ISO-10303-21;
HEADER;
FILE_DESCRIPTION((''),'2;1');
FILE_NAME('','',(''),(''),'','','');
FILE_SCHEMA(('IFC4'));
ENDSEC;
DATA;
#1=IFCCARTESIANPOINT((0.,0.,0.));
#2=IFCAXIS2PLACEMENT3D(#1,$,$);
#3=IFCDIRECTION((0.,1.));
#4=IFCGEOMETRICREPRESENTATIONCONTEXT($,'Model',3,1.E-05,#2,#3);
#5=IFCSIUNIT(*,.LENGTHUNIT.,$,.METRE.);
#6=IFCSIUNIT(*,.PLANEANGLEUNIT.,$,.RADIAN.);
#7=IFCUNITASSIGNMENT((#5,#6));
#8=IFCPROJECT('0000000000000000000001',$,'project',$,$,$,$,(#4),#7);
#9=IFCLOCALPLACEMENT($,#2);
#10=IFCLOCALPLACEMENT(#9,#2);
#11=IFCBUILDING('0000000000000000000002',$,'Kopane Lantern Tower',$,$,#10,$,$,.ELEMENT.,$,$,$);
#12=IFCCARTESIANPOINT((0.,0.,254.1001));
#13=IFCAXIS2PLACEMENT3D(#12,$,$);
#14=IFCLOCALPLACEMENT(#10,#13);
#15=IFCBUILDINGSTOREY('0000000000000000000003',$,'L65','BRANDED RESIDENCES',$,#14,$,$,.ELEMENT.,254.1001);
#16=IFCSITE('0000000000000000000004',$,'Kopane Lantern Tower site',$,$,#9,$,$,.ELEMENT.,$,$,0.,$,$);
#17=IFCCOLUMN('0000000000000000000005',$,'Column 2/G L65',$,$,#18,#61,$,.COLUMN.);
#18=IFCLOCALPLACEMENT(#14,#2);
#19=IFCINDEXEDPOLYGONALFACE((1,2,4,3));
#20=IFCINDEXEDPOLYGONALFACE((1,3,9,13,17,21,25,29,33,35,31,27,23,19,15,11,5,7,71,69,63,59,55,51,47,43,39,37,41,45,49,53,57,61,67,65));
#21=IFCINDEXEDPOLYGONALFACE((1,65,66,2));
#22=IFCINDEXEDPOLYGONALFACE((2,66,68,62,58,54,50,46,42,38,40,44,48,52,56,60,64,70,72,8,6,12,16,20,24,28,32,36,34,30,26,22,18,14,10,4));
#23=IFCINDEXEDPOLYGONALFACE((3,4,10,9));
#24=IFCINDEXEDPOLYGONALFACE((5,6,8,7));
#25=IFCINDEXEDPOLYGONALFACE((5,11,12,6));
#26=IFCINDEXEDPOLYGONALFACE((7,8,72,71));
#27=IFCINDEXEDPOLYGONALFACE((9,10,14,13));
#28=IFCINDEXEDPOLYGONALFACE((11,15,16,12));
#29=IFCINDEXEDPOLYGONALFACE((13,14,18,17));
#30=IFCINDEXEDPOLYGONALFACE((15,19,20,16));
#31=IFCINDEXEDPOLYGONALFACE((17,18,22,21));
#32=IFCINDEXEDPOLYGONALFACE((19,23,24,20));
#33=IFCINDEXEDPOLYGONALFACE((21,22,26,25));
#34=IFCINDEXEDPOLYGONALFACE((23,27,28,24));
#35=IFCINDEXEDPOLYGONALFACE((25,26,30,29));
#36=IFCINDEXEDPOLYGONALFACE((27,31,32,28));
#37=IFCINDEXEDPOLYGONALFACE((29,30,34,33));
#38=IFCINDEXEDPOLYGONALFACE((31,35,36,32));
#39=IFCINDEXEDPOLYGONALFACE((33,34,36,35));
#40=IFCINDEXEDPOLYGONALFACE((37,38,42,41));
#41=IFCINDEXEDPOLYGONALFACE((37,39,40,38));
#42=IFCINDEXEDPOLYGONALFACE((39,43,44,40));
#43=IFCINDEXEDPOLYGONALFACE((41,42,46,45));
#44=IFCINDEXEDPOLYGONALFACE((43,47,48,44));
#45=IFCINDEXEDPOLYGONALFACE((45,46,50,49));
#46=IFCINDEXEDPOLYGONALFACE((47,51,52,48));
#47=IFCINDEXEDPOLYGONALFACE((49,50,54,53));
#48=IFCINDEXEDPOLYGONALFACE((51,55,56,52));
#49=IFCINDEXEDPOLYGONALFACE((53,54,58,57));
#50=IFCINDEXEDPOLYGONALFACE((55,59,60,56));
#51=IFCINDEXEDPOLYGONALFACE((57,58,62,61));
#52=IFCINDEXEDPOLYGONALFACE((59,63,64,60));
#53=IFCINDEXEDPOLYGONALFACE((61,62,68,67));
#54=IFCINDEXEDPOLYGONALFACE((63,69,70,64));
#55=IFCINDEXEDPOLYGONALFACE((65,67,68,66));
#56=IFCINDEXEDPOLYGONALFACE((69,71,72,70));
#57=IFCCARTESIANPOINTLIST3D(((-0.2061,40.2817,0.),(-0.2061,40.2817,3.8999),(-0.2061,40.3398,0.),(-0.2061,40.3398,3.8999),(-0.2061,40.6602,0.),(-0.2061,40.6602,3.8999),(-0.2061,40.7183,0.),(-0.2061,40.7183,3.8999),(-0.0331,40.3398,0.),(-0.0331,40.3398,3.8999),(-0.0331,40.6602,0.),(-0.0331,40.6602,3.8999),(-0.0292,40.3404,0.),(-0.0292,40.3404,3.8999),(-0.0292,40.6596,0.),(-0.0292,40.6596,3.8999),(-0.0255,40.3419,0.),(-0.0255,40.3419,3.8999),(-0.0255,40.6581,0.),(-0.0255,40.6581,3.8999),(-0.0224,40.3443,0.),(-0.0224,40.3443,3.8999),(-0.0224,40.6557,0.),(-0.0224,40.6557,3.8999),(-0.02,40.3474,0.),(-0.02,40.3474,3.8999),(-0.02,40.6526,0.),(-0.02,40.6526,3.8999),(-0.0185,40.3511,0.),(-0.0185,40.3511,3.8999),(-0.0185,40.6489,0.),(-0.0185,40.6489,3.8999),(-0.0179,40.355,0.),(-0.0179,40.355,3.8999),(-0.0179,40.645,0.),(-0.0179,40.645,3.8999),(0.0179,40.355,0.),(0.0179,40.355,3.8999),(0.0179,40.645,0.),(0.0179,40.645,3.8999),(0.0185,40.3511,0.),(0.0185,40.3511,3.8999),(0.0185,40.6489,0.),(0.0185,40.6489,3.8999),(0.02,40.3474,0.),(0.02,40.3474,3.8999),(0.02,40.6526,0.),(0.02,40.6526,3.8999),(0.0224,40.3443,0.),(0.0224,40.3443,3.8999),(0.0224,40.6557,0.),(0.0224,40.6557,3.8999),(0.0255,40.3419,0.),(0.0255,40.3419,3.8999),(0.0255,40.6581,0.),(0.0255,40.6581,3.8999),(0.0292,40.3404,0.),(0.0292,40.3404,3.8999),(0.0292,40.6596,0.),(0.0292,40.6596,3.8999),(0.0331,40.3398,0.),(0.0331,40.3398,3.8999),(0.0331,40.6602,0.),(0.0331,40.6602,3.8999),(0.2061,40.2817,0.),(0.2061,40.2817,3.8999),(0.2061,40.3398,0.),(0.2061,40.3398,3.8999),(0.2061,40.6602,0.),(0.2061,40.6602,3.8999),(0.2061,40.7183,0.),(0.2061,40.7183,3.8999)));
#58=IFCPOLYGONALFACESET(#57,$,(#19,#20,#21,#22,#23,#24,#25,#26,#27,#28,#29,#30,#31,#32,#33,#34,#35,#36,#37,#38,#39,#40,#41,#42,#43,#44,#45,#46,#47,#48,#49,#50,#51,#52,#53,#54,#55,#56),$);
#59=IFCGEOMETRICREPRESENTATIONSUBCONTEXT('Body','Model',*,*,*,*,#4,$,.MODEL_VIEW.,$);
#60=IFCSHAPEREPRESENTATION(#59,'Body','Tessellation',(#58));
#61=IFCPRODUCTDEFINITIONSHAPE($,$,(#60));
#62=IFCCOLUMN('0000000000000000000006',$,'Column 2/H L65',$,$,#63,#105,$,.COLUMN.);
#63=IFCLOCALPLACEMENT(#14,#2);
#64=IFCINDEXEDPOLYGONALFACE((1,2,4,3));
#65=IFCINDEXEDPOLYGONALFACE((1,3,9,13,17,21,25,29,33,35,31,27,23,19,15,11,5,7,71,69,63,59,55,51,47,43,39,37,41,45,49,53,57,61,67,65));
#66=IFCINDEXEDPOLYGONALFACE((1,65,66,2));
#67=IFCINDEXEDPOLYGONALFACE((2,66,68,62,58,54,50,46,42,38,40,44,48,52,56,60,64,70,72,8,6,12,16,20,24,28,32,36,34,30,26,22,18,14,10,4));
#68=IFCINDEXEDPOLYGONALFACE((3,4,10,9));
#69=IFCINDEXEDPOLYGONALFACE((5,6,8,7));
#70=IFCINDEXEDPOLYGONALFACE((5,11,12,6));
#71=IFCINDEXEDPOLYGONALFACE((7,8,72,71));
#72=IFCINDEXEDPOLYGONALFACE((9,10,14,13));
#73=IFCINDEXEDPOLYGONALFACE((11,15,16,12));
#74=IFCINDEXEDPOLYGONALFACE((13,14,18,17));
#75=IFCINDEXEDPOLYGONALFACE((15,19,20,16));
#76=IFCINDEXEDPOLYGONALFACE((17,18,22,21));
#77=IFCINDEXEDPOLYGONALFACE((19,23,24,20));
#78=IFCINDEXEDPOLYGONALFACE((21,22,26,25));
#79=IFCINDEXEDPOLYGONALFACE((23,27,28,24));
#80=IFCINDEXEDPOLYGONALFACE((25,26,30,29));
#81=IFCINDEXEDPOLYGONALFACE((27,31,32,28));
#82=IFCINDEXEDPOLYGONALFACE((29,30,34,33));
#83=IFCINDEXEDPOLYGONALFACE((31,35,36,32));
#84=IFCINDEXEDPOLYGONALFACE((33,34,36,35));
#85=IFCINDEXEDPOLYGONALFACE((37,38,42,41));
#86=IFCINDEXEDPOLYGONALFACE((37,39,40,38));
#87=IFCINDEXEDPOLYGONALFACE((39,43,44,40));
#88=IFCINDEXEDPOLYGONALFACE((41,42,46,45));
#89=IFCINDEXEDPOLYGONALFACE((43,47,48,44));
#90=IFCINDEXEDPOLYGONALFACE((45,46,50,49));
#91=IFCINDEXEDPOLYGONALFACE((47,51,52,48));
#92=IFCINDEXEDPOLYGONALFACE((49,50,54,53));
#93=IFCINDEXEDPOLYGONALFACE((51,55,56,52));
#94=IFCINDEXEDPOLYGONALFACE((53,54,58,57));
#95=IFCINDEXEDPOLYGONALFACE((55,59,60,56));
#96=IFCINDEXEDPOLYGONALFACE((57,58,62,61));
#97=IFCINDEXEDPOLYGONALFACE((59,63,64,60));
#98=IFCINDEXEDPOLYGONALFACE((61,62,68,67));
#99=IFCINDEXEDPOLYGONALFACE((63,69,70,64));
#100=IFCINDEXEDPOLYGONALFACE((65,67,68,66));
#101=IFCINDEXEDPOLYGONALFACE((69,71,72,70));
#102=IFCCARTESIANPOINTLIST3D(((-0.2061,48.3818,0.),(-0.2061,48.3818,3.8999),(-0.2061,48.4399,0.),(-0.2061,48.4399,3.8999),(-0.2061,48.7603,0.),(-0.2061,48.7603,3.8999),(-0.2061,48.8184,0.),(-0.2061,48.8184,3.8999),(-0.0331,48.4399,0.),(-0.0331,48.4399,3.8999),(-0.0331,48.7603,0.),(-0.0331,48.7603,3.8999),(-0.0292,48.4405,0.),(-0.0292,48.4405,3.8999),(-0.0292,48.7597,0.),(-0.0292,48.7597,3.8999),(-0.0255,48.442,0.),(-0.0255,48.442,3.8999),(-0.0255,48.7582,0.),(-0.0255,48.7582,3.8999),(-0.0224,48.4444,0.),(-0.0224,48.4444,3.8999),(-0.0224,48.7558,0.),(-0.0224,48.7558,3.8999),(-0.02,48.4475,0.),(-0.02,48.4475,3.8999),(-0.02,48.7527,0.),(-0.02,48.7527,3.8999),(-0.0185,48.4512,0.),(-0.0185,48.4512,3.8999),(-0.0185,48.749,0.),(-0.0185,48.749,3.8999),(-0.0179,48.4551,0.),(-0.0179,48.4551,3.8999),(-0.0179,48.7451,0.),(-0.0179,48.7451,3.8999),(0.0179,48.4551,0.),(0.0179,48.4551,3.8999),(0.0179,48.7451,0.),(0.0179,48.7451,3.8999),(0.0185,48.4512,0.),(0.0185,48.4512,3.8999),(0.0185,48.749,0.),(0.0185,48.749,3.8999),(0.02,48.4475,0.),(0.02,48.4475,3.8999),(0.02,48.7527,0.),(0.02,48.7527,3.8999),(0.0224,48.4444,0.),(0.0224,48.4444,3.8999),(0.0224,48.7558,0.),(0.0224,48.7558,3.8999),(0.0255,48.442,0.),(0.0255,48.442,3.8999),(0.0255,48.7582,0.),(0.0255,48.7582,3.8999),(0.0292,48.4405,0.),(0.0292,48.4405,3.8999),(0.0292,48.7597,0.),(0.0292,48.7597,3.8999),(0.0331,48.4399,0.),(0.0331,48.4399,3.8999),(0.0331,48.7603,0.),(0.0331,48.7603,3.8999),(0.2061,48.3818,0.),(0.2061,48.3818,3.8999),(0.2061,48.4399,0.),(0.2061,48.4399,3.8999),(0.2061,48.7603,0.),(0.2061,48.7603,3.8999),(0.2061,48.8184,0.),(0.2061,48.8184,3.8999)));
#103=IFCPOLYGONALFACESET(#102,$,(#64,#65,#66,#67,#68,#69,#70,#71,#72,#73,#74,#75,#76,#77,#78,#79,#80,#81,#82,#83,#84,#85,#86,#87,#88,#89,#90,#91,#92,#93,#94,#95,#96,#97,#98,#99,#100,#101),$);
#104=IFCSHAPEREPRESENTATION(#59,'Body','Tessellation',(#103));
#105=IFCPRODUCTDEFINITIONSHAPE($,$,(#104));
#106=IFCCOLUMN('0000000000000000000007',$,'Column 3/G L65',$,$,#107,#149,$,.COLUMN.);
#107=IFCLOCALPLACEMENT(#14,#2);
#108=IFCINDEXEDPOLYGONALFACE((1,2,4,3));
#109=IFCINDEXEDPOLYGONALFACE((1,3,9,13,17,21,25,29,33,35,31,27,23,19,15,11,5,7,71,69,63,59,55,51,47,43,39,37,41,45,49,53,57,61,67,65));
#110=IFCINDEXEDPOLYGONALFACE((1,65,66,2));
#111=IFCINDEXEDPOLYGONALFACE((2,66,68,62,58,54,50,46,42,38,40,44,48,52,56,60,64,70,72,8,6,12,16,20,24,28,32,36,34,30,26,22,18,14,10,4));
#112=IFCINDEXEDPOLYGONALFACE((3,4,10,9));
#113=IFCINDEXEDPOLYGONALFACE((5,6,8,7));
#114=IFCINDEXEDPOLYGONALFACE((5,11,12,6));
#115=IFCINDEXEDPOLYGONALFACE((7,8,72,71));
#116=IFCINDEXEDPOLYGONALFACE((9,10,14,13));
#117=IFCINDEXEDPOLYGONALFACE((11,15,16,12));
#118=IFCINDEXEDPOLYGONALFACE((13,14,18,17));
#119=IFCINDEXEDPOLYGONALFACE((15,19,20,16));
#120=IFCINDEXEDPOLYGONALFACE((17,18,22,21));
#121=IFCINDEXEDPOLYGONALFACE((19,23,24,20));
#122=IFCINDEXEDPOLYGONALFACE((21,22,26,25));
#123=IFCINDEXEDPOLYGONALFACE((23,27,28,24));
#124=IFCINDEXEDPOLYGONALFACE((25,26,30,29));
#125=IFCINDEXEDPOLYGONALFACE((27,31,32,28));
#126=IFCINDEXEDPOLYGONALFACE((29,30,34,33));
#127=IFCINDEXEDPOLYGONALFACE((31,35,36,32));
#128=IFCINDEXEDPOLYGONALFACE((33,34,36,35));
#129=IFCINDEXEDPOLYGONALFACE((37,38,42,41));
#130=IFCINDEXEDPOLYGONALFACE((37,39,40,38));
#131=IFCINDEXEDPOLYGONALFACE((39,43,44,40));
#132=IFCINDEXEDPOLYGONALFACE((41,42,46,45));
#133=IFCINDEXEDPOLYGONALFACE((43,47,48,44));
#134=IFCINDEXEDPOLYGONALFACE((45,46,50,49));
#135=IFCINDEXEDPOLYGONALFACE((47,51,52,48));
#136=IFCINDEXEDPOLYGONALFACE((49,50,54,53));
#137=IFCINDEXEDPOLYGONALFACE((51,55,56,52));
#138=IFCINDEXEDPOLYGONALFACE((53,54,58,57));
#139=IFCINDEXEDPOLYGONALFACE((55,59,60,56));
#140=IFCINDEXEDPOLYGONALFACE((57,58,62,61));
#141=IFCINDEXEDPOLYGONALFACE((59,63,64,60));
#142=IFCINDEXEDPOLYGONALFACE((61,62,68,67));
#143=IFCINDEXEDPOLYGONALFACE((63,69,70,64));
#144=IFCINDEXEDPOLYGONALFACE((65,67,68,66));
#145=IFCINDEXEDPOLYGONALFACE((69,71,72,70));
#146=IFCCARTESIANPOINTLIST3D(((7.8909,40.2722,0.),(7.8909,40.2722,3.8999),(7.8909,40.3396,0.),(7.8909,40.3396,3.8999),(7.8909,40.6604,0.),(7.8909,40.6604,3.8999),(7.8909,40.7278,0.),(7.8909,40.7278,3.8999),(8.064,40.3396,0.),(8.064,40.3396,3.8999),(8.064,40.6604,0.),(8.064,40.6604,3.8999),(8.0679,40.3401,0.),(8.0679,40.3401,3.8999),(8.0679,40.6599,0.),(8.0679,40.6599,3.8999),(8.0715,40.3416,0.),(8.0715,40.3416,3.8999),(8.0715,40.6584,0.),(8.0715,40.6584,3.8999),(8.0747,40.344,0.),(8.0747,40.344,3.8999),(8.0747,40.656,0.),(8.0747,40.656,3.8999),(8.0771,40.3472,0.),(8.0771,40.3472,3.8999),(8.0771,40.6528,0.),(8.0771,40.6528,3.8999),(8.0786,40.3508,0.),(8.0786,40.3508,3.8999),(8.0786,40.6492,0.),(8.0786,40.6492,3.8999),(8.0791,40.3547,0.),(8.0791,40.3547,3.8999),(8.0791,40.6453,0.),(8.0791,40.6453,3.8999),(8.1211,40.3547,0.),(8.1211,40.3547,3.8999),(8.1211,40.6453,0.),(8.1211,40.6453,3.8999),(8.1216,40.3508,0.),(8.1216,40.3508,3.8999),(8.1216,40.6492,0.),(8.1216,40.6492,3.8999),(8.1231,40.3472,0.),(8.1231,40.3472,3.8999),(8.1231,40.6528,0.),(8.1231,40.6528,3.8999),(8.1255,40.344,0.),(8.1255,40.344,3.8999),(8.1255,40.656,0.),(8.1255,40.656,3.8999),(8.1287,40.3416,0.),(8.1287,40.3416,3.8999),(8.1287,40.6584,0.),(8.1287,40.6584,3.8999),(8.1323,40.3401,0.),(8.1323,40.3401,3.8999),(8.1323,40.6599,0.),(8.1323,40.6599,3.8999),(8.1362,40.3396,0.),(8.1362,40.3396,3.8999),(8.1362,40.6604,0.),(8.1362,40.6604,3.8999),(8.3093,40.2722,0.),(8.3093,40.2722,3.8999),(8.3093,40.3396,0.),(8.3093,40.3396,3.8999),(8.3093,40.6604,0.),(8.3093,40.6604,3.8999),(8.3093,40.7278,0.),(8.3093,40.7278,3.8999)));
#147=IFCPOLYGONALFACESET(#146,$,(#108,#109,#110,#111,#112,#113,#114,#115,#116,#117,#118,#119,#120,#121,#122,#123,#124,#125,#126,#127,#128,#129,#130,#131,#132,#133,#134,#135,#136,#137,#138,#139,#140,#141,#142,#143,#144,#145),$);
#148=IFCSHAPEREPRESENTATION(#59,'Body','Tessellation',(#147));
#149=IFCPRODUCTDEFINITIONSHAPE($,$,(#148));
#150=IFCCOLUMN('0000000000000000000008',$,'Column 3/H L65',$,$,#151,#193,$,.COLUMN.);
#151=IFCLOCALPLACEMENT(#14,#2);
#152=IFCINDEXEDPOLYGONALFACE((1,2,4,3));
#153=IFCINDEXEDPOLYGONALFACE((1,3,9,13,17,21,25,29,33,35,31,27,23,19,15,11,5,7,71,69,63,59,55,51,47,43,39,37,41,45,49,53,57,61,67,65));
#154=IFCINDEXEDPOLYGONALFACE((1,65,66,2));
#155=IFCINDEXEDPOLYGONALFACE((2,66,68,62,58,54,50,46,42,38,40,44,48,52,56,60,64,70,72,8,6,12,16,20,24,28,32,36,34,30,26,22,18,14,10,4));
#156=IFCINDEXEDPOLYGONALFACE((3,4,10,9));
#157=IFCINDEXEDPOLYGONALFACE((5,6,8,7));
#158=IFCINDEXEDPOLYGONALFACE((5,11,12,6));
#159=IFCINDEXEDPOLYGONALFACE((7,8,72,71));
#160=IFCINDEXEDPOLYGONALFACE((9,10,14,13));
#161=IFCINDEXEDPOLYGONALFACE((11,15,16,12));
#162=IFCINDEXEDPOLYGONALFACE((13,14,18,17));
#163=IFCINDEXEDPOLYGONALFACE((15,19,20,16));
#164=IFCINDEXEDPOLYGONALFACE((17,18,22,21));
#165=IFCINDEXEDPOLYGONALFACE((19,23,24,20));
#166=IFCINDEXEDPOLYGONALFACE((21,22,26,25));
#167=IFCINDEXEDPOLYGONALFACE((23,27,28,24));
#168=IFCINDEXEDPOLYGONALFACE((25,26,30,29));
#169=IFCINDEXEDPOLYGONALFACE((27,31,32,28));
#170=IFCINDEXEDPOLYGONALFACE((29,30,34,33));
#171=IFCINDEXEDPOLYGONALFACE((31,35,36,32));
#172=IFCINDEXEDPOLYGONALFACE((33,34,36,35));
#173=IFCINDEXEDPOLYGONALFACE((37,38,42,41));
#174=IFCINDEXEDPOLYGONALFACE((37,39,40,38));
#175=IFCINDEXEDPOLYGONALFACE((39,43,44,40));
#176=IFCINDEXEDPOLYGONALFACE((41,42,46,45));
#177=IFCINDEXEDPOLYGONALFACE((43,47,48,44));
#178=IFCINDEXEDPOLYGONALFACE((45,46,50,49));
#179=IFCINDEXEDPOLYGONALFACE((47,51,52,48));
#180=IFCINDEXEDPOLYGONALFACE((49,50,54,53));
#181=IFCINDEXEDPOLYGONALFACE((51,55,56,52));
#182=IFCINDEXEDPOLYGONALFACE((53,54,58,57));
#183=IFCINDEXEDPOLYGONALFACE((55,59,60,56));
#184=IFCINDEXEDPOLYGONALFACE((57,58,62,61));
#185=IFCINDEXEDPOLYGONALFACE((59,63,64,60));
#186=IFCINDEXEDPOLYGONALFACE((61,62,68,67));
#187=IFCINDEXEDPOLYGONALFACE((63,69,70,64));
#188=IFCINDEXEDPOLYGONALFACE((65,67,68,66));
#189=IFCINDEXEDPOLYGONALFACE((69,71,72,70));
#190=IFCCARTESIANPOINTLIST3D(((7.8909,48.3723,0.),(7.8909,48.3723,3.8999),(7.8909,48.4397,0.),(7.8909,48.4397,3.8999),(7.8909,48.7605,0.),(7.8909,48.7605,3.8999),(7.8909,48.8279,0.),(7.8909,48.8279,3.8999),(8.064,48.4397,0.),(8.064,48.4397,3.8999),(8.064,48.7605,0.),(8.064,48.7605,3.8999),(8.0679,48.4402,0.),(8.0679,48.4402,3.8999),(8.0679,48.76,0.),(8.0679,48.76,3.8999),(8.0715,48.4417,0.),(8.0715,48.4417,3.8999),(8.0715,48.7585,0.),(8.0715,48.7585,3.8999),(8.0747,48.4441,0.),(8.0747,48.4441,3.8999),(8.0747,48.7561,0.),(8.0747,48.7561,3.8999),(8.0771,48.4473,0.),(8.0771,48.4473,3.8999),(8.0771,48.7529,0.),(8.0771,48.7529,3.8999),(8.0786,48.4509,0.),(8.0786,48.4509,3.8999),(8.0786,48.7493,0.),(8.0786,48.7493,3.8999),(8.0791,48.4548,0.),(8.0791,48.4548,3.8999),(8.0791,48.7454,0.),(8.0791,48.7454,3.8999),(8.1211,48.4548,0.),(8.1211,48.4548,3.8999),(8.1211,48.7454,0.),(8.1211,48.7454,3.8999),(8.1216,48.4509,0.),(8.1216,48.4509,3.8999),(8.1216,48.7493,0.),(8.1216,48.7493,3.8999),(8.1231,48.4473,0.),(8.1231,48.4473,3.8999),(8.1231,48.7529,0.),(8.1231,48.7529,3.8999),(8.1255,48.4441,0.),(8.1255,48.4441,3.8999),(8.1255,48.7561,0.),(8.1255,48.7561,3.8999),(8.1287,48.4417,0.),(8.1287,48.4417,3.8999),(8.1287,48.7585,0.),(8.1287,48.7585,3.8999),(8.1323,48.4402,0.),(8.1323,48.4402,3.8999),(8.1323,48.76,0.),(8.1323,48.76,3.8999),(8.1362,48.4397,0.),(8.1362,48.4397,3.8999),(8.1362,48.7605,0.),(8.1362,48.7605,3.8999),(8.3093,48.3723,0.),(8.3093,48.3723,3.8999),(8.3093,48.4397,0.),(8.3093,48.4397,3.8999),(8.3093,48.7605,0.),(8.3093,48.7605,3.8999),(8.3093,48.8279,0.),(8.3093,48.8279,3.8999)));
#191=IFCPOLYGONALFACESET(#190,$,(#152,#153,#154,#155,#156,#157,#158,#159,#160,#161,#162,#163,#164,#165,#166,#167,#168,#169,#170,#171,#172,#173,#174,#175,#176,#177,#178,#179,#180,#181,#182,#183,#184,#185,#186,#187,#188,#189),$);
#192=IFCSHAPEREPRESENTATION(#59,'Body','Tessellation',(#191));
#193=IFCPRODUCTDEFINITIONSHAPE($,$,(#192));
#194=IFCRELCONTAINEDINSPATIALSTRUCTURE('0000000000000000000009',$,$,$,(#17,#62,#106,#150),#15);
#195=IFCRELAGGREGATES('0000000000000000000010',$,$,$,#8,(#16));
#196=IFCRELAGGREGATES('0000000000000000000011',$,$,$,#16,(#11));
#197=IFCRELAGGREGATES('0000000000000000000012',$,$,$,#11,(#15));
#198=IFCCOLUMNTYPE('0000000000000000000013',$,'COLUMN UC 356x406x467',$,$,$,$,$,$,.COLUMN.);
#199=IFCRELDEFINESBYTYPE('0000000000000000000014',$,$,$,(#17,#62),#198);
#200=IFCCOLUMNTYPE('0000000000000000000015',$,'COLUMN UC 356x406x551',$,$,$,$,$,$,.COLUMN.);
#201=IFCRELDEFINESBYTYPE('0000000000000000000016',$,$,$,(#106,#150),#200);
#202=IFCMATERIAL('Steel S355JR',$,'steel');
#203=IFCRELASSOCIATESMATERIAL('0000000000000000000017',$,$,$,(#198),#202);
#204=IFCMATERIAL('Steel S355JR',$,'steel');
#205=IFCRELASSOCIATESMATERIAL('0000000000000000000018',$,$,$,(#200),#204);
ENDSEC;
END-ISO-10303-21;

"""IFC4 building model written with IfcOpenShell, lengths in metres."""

from ifc_helpers import new_model, si_unit, direction, frame, origin, origin_2d, place, context, subcontext, project, spatial, i_section, extrude, material, material_profile, profile_set, type_object, element, save


model = new_model("IFC4")

# Units and contexts
model_context = context("Model", 3, precision=1e-05, world=origin(), true_north=direction((0.0, 1.0)))
body_context = subcontext(model_context, "Body", "Model", "MODEL_VIEW")
ifc_project = project(units=[si_unit("LENGTHUNIT", "METRE"), si_unit("PLANEANGLEUNIT", "RADIAN")], contexts=[model_context])

# Site, building, storey
site_placement = place(None, origin())
site = spatial("IfcSite", under=ifc_project, at=site_placement, Name="Kopane Lantern Tower site", CompositionType="ELEMENT", RefElevation=0.0)
building_placement = place(site_placement, origin())
building = spatial("IfcBuilding", under=site, at=building_placement, Name="Kopane Lantern Tower", CompositionType="ELEMENT")
storey_placement = place(building_placement, frame((0.0, 0.0, 254.1001)))
storey = spatial("IfcBuildingStorey", under=building, at=storey_placement, Name="L65", Description="BRANDED RESIDENCES", CompositionType="ELEMENT", Elevation=254.1001)

# Columns
ifc_material_1 = material(Name="Steel S355JR", Category="steel")
ifc_material_profile_1 = material_profile(ifc_material_1, i_section(OverallWidth=0.4121, OverallDepth=0.4365, WebThickness=0.0359, FlangeThickness=0.0581, FilletRadius=0.0151, at=origin_2d()), Name="UC 356x406x467")
ifc_profile_set_1 = profile_set([ifc_material_profile_1], Name="Steel S355JR")
column_type_1 = type_object("IfcColumnType", Name="COLUMN UC 356x406x467", PredefinedType="COLUMN", material=ifc_profile_set_1)
for number, where, z_axis, x_axis, name in (
    (1, (0.0, 40.5, 0.0), (0.0, 0.0, 1.0), (1.0, 0.0, 0.0), "Column 2/G L65"),
    (2, (0.0, 48.6001, 0.0), (0.0, 0.0, 1.0), (1.0, 0.0, 0.0), "Column 2/H L65"),
):
    element("IfcColumn", number, at=place(storey_placement, frame(where, z_axis=z_axis, x_axis=x_axis)), inside=storey, type_object=column_type_1, Name=name, PredefinedType="COLUMN", context=body_context, shape_type="SweptSolid", body=[
        extrude(i_section(OverallWidth=0.4121, OverallDepth=0.4365, WebThickness=0.0359, FlangeThickness=0.0581, FilletRadius=0.0151, at=origin_2d()), origin(), (0.0, 0.0, 1.0), 3.8999),
    ])
ifc_material_2 = material(Name="Steel S355JR", Category="steel")
ifc_material_profile_2 = material_profile(ifc_material_2, i_section(OverallWidth=0.4185, OverallDepth=0.4556, WebThickness=0.042, FlangeThickness=0.0674, FilletRadius=0.0151, at=origin_2d()), Name="UC 356x406x551")
ifc_profile_set_2 = profile_set([ifc_material_profile_2], Name="Steel S355JR")
column_type_2 = type_object("IfcColumnType", Name="COLUMN UC 356x406x551", PredefinedType="COLUMN", material=ifc_profile_set_2)
for number, where, z_axis, x_axis, name in (
    (3, (8.1001, 40.5, 0.0), (0.0, 0.0, 1.0), (1.0, 0.0, 0.0), "Column 3/G L65"),
    (4, (8.1001, 48.6001, 0.0), (0.0, 0.0, 1.0), (1.0, 0.0, 0.0), "Column 3/H L65"),
):
    element("IfcColumn", number, at=place(storey_placement, frame(where, z_axis=z_axis, x_axis=x_axis)), inside=storey, type_object=column_type_2, Name=name, PredefinedType="COLUMN", context=body_context, shape_type="SweptSolid", body=[
        extrude(i_section(OverallWidth=0.4185, OverallDepth=0.4556, WebThickness=0.042, FlangeThickness=0.0674, FilletRadius=0.0151, at=origin_2d()), origin(), (0.0, 0.0, 1.0), 3.8999),
    ])

save(model, "model.ifc")
